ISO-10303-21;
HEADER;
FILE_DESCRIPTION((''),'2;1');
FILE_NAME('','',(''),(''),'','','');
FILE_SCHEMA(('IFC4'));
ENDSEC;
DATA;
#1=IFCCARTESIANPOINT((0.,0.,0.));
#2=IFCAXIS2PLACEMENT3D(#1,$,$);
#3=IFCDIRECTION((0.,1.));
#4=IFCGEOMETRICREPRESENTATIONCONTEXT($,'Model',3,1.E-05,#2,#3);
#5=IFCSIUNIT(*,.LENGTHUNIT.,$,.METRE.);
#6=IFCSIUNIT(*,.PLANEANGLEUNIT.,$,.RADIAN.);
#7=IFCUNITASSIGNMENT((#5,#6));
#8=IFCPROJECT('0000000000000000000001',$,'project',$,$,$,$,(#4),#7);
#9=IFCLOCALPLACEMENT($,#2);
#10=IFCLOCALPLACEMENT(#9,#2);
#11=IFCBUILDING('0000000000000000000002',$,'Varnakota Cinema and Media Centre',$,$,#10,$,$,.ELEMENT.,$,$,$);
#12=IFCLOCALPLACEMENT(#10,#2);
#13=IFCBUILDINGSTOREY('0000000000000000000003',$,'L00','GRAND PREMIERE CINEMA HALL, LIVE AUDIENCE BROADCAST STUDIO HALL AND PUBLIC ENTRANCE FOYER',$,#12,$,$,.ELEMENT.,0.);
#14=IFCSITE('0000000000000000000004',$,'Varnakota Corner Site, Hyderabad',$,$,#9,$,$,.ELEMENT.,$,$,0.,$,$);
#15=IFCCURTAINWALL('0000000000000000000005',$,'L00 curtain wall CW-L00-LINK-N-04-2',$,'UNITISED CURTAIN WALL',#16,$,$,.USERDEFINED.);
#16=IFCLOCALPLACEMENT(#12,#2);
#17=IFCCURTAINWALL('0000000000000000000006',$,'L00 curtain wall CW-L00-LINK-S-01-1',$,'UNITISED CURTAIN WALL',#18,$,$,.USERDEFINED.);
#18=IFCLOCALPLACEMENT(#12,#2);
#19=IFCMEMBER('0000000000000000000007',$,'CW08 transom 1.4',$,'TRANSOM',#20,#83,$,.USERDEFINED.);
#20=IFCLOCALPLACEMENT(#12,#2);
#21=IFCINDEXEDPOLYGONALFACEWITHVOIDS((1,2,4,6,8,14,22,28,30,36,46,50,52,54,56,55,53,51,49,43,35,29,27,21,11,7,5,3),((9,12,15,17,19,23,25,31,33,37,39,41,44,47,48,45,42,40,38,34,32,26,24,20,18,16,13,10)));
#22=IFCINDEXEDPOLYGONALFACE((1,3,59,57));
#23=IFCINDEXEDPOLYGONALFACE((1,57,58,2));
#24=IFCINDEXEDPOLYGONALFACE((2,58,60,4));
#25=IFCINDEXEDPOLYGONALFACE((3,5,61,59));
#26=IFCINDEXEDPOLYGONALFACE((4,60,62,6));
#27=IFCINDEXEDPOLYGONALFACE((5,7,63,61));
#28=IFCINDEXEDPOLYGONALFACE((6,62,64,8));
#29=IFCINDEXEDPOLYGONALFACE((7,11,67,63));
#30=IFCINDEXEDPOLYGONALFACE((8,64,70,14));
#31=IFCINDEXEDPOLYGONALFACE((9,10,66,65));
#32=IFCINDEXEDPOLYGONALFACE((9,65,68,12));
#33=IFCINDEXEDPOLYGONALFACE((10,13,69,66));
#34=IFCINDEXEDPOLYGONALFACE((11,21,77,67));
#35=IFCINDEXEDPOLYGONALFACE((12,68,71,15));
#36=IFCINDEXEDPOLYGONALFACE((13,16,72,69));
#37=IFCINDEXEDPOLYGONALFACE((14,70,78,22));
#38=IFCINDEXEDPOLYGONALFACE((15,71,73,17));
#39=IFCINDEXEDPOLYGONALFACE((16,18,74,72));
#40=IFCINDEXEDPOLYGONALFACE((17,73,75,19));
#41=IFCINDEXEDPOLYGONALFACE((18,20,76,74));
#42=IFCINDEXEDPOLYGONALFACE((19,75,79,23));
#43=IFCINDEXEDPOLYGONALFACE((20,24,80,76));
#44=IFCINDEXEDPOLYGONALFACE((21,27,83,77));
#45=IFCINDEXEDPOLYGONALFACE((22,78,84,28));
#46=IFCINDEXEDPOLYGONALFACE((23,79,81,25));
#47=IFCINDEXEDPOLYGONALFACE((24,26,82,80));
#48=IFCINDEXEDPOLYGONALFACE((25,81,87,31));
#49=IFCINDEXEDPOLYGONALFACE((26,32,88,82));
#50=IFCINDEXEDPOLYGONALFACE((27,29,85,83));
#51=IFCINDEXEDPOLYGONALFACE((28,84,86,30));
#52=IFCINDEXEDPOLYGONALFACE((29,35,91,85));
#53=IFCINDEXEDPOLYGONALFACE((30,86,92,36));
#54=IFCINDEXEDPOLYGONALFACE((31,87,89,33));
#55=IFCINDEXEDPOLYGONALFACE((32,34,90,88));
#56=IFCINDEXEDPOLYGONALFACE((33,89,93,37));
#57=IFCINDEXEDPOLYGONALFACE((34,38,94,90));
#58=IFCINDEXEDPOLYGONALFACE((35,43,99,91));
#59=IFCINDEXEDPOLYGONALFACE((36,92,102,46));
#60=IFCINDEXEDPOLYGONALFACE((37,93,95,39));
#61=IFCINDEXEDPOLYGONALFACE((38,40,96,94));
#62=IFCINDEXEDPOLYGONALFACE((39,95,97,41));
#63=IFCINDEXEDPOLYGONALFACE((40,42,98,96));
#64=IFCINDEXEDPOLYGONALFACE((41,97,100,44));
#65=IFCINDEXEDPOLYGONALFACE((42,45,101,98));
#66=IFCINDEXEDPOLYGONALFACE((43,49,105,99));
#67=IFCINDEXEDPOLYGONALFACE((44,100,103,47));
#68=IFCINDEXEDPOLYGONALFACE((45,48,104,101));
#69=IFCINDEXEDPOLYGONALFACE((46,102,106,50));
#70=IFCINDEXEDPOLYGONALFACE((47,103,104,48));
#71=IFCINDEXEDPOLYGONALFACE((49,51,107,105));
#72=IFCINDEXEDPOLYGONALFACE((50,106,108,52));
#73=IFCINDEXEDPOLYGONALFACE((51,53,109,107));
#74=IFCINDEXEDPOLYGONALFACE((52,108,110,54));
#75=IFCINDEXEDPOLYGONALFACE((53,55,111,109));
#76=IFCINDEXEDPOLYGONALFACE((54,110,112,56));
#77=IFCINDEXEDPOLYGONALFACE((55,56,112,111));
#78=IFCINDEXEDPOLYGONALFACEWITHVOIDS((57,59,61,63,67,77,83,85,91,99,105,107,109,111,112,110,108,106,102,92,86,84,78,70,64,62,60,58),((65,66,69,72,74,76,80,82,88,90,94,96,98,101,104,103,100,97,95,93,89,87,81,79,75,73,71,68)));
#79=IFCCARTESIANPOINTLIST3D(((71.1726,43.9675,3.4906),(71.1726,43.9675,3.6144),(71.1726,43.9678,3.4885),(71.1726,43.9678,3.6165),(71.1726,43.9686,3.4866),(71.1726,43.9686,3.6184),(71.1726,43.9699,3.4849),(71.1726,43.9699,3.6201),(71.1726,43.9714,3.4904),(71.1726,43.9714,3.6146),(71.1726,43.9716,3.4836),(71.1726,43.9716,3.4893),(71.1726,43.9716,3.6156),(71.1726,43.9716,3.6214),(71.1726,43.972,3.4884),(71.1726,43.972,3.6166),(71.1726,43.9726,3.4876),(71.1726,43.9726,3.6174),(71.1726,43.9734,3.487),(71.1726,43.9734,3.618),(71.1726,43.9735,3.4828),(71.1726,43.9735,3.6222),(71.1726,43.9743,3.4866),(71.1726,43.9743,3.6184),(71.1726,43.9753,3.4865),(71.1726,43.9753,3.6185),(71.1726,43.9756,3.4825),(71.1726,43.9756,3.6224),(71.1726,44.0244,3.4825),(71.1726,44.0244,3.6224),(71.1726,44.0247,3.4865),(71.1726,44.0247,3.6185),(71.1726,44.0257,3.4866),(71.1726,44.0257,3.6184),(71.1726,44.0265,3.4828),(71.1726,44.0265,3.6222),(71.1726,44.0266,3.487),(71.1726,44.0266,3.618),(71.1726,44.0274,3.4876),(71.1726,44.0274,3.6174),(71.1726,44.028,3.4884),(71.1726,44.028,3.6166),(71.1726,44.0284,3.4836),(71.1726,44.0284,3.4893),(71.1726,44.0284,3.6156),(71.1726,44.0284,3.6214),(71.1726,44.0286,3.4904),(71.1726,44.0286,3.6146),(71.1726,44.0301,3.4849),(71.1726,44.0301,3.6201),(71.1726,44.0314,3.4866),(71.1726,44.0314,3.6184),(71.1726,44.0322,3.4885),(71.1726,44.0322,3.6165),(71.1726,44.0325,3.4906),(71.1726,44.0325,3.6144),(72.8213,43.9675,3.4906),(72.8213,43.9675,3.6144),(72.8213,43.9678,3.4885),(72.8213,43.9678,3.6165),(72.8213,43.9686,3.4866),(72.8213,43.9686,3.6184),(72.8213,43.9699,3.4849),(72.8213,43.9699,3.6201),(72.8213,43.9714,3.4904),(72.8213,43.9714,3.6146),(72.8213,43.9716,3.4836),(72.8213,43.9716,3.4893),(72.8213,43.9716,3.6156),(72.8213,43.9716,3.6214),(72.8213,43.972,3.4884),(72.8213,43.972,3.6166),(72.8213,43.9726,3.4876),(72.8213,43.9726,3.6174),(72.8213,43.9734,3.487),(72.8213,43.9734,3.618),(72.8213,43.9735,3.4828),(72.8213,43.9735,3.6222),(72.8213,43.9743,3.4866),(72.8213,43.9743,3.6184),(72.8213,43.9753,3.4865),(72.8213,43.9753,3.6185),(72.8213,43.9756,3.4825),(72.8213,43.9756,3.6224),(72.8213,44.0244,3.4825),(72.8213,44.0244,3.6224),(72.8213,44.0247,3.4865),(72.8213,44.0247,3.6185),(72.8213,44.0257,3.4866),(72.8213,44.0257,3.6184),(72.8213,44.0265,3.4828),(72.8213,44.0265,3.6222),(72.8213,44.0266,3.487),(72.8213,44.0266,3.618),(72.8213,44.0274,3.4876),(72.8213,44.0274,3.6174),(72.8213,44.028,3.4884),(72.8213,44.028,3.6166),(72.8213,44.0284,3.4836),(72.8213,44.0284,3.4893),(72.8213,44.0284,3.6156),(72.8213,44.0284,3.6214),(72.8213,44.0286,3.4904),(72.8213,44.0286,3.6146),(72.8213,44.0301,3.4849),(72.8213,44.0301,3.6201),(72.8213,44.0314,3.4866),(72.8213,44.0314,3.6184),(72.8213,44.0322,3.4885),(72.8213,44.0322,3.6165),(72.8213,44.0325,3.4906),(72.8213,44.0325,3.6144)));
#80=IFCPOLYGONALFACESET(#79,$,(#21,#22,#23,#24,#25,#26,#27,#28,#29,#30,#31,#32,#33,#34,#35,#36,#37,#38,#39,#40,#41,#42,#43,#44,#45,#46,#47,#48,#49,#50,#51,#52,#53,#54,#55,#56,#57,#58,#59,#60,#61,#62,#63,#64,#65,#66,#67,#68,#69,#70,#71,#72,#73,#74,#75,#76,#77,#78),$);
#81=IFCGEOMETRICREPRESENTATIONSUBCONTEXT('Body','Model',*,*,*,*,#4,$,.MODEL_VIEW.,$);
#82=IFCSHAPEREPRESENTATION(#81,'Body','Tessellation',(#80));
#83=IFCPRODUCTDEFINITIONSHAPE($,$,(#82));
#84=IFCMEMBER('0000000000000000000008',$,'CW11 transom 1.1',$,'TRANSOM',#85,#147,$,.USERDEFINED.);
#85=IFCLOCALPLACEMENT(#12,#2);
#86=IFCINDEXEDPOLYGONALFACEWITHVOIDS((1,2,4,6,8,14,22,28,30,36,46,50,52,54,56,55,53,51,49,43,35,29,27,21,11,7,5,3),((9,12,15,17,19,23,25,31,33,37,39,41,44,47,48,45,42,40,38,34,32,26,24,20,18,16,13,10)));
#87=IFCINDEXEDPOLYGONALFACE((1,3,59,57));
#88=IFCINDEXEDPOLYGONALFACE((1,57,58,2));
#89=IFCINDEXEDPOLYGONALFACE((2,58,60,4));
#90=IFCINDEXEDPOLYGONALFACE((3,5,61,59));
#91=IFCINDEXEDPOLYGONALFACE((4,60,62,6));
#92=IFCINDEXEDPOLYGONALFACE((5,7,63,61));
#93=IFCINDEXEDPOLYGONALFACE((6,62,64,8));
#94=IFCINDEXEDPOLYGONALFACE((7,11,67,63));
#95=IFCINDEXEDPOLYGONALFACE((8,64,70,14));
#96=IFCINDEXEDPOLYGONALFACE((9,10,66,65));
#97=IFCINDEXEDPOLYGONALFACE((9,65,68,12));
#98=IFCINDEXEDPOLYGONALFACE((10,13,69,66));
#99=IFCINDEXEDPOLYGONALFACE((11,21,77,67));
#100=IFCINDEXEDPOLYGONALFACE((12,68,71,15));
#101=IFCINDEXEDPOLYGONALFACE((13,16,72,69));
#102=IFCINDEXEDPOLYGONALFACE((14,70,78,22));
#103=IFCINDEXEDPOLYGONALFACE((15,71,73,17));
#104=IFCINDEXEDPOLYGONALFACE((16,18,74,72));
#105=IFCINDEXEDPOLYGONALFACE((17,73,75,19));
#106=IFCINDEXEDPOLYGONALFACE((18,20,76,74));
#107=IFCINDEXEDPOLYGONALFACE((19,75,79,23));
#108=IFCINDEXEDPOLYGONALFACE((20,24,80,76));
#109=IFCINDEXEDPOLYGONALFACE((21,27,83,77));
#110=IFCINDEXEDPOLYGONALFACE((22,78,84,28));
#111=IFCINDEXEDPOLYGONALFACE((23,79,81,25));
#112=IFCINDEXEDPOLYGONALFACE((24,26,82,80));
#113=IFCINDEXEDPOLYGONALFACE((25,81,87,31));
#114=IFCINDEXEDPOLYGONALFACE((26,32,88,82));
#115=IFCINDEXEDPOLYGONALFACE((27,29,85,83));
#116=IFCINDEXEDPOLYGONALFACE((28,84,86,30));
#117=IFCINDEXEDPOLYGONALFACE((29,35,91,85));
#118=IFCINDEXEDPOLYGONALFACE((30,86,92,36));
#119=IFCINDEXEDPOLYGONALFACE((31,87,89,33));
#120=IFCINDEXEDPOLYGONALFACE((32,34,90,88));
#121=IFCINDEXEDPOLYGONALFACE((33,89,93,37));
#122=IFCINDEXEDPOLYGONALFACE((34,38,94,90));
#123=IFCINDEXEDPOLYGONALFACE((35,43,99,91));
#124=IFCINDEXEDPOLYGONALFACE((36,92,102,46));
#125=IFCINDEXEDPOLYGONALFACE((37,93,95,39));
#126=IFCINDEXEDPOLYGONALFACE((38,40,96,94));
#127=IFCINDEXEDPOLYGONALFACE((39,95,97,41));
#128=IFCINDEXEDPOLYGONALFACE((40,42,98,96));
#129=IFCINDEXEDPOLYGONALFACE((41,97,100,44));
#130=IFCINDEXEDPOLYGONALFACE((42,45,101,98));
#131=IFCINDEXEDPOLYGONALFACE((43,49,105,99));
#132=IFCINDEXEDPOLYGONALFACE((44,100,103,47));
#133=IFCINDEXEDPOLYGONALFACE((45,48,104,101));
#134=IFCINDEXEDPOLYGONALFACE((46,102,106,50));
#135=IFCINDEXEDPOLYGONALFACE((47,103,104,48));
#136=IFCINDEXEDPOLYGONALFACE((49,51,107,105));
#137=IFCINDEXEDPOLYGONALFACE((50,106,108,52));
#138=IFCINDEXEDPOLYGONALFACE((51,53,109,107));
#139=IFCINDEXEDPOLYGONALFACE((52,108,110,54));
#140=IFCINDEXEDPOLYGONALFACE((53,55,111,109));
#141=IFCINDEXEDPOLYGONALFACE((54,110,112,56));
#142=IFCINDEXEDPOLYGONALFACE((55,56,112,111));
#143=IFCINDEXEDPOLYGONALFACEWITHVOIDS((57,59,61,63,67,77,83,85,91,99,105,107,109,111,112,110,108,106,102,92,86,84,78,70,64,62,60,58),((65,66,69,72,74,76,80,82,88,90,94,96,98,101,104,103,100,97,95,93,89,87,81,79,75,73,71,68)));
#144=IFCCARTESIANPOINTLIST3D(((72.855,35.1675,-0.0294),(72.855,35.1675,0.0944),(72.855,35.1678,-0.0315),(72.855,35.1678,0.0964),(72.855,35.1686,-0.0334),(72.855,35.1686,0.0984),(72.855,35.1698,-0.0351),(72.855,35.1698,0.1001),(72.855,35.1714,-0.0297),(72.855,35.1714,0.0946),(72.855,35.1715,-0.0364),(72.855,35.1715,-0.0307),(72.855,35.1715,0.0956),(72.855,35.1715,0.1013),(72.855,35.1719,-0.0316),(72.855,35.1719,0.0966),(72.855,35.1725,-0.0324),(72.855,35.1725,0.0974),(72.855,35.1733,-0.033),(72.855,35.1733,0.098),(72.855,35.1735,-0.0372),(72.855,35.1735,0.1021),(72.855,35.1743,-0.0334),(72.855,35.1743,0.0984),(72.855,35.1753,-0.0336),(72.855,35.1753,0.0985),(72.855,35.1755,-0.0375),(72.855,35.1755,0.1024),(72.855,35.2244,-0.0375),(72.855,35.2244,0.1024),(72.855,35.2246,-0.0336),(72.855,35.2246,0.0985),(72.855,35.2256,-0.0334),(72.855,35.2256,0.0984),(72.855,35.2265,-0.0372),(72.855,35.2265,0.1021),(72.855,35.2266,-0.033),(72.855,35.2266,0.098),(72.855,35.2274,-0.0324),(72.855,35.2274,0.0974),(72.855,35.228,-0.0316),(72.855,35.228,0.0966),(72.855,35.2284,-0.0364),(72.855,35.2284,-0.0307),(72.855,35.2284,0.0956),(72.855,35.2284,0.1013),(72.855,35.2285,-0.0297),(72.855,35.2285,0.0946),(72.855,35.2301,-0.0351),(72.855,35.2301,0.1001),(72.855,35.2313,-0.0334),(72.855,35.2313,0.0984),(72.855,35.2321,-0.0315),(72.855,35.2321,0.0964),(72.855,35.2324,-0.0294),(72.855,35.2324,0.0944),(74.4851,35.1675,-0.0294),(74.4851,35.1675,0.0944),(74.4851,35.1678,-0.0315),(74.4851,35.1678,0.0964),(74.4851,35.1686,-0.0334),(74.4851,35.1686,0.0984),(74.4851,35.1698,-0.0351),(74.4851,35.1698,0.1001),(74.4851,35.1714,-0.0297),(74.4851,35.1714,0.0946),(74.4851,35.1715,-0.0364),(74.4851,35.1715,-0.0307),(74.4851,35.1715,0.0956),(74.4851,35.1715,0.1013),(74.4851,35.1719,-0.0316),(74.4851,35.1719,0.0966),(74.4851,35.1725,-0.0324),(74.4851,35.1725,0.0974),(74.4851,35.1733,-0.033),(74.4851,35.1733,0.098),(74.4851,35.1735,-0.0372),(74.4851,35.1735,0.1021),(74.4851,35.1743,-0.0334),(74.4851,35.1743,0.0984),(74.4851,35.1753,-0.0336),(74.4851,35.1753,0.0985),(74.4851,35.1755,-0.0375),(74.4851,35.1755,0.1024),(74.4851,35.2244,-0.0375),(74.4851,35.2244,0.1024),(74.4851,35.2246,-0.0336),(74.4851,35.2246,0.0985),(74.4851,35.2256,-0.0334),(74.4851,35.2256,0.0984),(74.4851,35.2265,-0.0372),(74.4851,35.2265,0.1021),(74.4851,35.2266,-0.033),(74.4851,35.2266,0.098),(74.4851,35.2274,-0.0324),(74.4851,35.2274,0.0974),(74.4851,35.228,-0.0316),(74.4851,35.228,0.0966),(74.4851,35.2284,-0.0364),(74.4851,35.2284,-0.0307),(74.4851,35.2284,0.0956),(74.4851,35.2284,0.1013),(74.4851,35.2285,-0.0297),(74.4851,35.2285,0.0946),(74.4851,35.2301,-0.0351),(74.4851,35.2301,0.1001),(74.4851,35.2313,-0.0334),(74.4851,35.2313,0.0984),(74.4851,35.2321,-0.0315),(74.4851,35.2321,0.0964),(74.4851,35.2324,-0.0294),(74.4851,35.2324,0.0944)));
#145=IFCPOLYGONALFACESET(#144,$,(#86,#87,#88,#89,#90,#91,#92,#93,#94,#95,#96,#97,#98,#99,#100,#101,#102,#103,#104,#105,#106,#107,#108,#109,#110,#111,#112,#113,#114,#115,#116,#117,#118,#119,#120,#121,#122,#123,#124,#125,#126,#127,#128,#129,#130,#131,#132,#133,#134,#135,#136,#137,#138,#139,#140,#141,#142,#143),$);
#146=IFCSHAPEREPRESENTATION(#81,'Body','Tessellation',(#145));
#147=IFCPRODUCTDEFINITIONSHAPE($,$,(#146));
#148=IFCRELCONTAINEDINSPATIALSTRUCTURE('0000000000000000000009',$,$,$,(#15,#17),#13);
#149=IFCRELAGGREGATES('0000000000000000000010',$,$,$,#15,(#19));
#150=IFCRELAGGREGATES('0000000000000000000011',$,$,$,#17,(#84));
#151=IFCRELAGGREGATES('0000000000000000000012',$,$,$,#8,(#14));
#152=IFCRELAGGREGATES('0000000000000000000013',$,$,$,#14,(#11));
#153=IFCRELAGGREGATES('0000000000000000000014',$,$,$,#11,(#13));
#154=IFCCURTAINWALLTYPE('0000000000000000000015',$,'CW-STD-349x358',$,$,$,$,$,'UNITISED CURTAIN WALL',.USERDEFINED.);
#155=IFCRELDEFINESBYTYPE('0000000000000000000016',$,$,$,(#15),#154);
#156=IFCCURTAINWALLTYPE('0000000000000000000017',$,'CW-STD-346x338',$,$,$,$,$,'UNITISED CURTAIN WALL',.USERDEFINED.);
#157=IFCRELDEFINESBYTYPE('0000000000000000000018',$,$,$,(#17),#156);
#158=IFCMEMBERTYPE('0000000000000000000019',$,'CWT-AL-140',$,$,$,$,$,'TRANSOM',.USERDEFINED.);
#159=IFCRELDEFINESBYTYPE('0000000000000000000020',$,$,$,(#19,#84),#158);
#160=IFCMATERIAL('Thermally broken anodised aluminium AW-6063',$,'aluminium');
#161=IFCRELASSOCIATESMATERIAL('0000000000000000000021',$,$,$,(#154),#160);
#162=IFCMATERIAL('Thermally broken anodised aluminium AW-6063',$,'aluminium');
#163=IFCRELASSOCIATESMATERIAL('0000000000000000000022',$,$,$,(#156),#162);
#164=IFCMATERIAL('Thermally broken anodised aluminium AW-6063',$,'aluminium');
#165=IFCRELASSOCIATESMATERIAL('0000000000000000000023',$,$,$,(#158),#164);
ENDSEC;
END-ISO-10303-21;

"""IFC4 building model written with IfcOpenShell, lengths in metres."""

from ifc_helpers import new_model, si_unit, direction, frame, origin, origin_2d, place, context, subcontext, project, spatial, hollow_rectangle, extrude, material, material_profile, profile_set, type_object, element, aggregate, save


model = new_model("IFC4")

# Units and contexts
model_context = context("Model", 3, precision=1e-05, world=origin(), true_north=direction((0.0, 1.0)))
body_context = subcontext(model_context, "Body", "Model", "MODEL_VIEW")
ifc_project = project(units=[si_unit("LENGTHUNIT", "METRE"), si_unit("PLANEANGLEUNIT", "RADIAN")], contexts=[model_context])

# Site, building, storey
site_placement = place(None, origin())
site = spatial("IfcSite", under=ifc_project, at=site_placement, Name="Varnakota Corner Site, Hyderabad", CompositionType="ELEMENT", RefElevation=0.0)
building_placement = place(site_placement, origin())
building = spatial("IfcBuilding", under=site, at=building_placement, Name="Varnakota Cinema and Media Centre", CompositionType="ELEMENT")
storey_placement = place(building_placement, origin())
storey = spatial("IfcBuildingStorey", under=building, at=storey_placement, Name="L00", Description="GRAND PREMIERE CINEMA HALL, LIVE AUDIENCE BROADCAST STUDIO HALL AND PUBLIC ENTRANCE FOYER", CompositionType="ELEMENT", Elevation=0.0)

# Curtain wall
ifc_material_1 = material(Name="Thermally broken anodised aluminium AW-6063", Category="aluminium")
curtain_wall_type_1 = type_object("IfcCurtainWallType", Name="CW-STD-349x358", ElementType="UNITISED CURTAIN WALL", PredefinedType="USERDEFINED", material=ifc_material_1)
curtain_wall_1_placement = place(storey_placement, origin())
curtain_wall_1 = element("IfcCurtainWall", 1, at=curtain_wall_1_placement, inside=storey, type_object=curtain_wall_type_1, Name="L00 curtain wall CW-L00-LINK-N-04-2", ObjectType="UNITISED CURTAIN WALL", PredefinedType="USERDEFINED")

# Curtain wall
ifc_material_2 = material(Name="Thermally broken anodised aluminium AW-6063", Category="aluminium")
curtain_wall_type_2 = type_object("IfcCurtainWallType", Name="CW-STD-346x338", ElementType="UNITISED CURTAIN WALL", PredefinedType="USERDEFINED", material=ifc_material_2)
curtain_wall_2_placement = place(storey_placement, origin())
curtain_wall_2 = element("IfcCurtainWall", 2, at=curtain_wall_2_placement, inside=storey, type_object=curtain_wall_type_2, Name="L00 curtain wall CW-L00-LINK-S-01-1", ObjectType="UNITISED CURTAIN WALL", PredefinedType="USERDEFINED")

# Members
ifc_material_3 = material(Name="Thermally broken anodised aluminium AW-6063", Category="aluminium")
ifc_material_profile_1 = material_profile(ifc_material_3, hollow_rectangle(XDim=0.0649, YDim=0.1399, WallThickness=0.0039, InnerFilletRadius=0.0039, OuterFilletRadius=0.0081, at=origin_2d()), Name="AL-TRANSOM 140x65x4")
ifc_profile_set_1 = profile_set([ifc_material_profile_1], Name="Thermally broken anodised aluminium AW-6063")
member_type_1 = type_object("IfcMemberType", Name="CWT-AL-140", ElementType="TRANSOM", PredefinedType="USERDEFINED", material=ifc_profile_set_1)
member_1_placement = place(storey_placement, frame((71.1726, 44.0, 3.5525), z_axis=(1.0, 0.0, 0.0), x_axis=(0.0, 1.0, 0.0)))
member_1 = element("IfcMember", 3, at=member_1_placement, type_object=member_type_1, Name="CW08 transom 1.4", ObjectType="TRANSOM", PredefinedType="USERDEFINED", context=body_context, shape_type="SweptSolid", body=[
    extrude(hollow_rectangle(XDim=0.0649, YDim=0.1399, WallThickness=0.0039, InnerFilletRadius=0.0039, OuterFilletRadius=0.0081, at=origin_2d()), origin(), (0.0, 0.0, 1.0), 1.6487),
])
member_2_placement = place(storey_placement, frame((74.4851, 35.2, 0.0325), z_axis=(-1.0, 0.0, 0.0), x_axis=(0.0, -1.0, 0.0)))
member_2 = element("IfcMember", 4, at=member_2_placement, type_object=member_type_1, Name="CW11 transom 1.1", ObjectType="TRANSOM", PredefinedType="USERDEFINED", context=body_context, shape_type="SweptSolid", body=[
    extrude(hollow_rectangle(XDim=0.0649, YDim=0.1399, WallThickness=0.0039, InnerFilletRadius=0.0039, OuterFilletRadius=0.0081, at=origin_2d()), origin(), (0.0, 0.0, 1.0), 1.6301),
])

aggregate(curtain_wall_1, [member_1])
aggregate(curtain_wall_2, [member_2])

save(model, "model.ifc")
